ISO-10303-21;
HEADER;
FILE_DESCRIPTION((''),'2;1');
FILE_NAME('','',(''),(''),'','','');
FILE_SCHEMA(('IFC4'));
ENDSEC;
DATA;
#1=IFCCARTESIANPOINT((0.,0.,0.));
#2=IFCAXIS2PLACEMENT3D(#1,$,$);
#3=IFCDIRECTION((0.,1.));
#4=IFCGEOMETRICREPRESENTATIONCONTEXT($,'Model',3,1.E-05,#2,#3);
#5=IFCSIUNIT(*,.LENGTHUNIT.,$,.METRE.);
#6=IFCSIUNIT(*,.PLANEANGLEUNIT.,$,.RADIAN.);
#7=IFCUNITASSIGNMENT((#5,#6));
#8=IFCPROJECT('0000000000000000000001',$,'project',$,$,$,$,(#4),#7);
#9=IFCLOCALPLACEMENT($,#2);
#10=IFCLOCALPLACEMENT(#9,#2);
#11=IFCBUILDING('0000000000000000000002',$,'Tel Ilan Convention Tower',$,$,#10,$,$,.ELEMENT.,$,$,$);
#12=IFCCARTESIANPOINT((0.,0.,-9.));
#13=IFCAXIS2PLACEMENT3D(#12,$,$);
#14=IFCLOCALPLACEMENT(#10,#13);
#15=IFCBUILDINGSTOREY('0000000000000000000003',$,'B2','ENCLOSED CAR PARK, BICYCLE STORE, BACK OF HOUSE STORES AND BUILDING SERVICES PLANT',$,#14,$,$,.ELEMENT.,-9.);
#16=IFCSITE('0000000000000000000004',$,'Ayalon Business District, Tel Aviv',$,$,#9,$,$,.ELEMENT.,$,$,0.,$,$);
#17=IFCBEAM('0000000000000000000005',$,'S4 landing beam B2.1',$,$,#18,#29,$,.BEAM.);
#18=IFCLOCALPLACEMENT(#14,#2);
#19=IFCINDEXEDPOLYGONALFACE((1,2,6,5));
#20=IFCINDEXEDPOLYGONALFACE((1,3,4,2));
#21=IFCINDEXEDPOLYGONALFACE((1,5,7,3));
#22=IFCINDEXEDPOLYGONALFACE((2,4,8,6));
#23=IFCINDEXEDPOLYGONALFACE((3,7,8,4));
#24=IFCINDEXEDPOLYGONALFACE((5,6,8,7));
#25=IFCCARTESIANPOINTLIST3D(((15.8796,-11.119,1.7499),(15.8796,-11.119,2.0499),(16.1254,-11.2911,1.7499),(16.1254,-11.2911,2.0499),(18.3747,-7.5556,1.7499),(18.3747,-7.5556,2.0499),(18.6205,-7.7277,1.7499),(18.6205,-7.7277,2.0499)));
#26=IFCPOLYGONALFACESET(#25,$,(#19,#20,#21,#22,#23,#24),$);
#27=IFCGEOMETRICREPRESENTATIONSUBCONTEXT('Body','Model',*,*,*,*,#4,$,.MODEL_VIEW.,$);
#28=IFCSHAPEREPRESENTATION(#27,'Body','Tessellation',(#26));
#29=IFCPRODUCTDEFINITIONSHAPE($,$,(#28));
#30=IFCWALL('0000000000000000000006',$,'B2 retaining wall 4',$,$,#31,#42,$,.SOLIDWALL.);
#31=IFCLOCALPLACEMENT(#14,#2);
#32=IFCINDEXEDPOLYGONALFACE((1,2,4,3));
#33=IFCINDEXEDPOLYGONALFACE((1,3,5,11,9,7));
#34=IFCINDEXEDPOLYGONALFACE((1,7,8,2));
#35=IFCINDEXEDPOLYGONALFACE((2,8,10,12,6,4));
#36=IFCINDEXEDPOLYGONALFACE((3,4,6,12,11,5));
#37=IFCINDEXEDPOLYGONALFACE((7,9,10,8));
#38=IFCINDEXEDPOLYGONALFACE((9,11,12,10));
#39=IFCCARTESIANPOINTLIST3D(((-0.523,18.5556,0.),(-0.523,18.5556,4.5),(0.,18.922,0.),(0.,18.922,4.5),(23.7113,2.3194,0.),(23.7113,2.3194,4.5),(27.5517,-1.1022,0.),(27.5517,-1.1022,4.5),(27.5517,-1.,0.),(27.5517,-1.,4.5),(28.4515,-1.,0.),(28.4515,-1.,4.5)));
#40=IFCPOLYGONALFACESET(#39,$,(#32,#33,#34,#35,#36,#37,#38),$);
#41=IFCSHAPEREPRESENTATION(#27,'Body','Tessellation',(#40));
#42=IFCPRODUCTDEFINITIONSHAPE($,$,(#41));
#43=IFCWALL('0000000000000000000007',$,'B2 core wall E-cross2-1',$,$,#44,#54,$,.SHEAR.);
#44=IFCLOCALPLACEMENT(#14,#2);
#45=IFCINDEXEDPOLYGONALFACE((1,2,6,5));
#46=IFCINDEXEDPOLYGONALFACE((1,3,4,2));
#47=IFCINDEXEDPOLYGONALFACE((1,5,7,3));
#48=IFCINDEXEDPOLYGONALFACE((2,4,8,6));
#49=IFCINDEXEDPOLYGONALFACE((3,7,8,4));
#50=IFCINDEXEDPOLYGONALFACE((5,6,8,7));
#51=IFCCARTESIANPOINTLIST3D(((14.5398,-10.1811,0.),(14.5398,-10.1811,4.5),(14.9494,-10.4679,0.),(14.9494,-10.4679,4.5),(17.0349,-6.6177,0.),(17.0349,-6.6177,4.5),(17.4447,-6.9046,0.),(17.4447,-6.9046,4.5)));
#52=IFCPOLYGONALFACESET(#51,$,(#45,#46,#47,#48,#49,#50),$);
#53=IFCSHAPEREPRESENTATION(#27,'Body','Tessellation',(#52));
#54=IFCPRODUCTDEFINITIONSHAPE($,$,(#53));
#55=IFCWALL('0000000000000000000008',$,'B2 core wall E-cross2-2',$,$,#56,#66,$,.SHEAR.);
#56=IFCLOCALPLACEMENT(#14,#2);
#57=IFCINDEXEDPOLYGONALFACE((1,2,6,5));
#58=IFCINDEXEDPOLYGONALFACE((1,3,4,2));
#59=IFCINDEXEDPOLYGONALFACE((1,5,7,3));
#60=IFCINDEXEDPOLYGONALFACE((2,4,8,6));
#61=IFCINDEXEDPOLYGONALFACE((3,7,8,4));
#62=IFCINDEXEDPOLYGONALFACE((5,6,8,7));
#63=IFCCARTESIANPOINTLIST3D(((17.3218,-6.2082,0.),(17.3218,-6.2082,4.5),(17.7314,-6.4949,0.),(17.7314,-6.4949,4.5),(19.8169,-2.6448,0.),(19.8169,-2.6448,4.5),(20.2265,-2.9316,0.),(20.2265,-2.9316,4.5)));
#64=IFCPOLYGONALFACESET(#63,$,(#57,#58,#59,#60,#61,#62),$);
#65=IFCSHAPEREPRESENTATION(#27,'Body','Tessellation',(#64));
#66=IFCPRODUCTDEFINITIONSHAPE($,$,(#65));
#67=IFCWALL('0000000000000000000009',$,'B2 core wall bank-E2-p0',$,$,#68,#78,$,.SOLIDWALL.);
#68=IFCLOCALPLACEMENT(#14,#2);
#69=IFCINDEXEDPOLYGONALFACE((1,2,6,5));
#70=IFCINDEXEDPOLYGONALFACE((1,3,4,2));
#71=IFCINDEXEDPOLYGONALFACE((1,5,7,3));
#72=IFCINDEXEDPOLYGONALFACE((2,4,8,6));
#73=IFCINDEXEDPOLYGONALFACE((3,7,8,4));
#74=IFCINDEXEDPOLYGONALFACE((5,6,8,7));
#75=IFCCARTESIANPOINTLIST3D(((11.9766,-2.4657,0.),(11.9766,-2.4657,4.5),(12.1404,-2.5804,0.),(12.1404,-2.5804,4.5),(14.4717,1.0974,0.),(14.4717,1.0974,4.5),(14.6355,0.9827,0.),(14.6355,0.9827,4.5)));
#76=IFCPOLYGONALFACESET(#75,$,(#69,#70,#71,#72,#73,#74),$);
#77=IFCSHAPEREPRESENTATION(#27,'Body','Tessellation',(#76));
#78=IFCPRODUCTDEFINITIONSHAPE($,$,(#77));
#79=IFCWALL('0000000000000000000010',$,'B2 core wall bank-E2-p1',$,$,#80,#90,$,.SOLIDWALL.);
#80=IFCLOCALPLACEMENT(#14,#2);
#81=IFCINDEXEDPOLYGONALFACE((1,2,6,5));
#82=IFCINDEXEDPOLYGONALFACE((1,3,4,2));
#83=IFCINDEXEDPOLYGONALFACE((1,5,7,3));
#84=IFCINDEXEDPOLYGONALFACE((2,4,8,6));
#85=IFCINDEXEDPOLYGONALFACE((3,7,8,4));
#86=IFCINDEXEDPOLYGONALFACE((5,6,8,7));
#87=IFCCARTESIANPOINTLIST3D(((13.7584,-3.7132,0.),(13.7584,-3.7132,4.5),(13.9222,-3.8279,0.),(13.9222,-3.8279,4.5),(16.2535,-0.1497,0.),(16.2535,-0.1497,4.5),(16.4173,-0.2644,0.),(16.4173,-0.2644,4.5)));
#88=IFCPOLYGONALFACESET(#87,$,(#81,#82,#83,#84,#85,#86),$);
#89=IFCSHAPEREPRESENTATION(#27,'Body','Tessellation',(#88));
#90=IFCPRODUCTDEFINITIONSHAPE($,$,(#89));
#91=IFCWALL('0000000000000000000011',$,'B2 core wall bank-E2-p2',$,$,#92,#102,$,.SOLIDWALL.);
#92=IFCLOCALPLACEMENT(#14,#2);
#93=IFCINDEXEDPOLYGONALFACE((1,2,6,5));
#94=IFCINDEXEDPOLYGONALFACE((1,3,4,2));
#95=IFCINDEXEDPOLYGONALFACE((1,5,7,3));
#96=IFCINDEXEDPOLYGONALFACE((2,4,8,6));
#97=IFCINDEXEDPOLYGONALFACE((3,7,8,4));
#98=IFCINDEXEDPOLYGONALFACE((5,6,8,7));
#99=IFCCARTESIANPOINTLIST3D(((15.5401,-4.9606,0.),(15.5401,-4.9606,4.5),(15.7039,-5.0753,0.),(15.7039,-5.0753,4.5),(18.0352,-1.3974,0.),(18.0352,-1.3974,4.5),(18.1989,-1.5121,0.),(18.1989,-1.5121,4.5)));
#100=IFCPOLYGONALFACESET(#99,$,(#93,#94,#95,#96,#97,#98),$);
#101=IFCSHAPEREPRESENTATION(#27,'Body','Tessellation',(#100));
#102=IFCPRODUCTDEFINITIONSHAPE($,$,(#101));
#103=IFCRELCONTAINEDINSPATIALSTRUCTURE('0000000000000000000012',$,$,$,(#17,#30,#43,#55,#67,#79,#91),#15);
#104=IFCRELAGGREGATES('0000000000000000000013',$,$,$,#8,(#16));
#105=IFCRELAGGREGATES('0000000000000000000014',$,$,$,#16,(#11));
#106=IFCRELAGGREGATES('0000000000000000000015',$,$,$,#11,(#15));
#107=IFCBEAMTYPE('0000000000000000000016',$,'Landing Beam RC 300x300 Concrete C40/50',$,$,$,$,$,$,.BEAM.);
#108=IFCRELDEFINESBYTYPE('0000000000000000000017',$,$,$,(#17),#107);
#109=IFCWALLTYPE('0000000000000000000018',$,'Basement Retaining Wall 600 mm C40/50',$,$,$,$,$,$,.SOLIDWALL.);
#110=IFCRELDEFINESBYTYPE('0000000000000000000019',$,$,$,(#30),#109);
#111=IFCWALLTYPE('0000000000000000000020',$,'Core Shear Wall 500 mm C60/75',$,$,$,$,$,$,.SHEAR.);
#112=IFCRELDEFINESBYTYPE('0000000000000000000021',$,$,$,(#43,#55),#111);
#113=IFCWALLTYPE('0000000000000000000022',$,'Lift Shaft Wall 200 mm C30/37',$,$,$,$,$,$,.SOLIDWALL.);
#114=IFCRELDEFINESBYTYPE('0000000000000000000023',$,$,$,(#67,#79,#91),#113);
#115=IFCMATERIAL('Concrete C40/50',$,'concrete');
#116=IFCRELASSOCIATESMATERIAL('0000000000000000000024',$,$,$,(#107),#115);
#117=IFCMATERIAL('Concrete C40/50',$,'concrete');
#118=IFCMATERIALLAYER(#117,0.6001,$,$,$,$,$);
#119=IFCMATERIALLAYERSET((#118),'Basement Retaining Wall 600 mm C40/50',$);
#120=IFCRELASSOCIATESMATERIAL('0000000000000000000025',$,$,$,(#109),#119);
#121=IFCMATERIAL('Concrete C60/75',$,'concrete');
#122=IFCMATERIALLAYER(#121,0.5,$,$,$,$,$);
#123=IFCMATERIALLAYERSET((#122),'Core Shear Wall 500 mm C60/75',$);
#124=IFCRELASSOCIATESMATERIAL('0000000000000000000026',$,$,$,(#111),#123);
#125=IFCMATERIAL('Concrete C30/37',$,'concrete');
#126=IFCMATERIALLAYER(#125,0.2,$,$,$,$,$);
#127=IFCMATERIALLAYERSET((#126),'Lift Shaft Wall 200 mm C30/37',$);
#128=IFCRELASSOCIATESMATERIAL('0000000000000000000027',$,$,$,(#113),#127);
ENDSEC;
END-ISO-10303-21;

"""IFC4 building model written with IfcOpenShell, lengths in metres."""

from ifc_helpers import new_model, si_unit, direction, frame, frame_2d, origin, origin_2d, place, context, subcontext, project, spatial, polyline, rectangle, outline, extrude, material, layer, layer_set, material_profile, profile_set, type_object, element, save


model = new_model("IFC4")

# Units and contexts
model_context = context("Model", 3, precision=1e-05, world=origin(), true_north=direction((0.0, 1.0)))
body_context = subcontext(model_context, "Body", "Model", "MODEL_VIEW")
ifc_project = project(units=[si_unit("LENGTHUNIT", "METRE"), si_unit("PLANEANGLEUNIT", "RADIAN")], contexts=[model_context])

# Site, building, storey
site_placement = place(None, origin())
site = spatial("IfcSite", under=ifc_project, at=site_placement, Name="Ayalon Business District, Tel Aviv", CompositionType="ELEMENT", RefElevation=0.0)
building_placement = place(site_placement, origin())
building = spatial("IfcBuilding", under=site, at=building_placement, Name="Tel Ilan Convention Tower", CompositionType="ELEMENT")
storey_placement = place(building_placement, frame((0.0, 0.0, -9.0)))
storey = spatial("IfcBuildingStorey", under=building, at=storey_placement, Name="B2", Description="ENCLOSED CAR PARK, BICYCLE STORE, BACK OF HOUSE STORES AND BUILDING SERVICES PLANT", CompositionType="ELEMENT", Elevation=-9.0)

# Beam
ifc_material_1 = material(Name="Concrete C40/50", Category="concrete")
ifc_material_profile_1 = material_profile(ifc_material_1, rectangle(XDim=0.3, YDim=0.3, at=origin_2d()), Name="RC 300x300")
ifc_profile_set_1 = profile_set([ifc_material_profile_1], Name="Concrete C40/50")
beam_type = type_object("IfcBeamType", Name="Landing Beam RC 300x300 Concrete C40/50", PredefinedType="BEAM", material=ifc_profile_set_1)
for number, where, z_axis, x_axis, name in (
    (1, (18.4976, -7.6416, 1.8999), (-0.573568, -0.819158, 0.0), (0.819158, -0.573568, 0.0), "S4 landing beam B2.1"),
):
    element("IfcBeam", number, at=place(storey_placement, frame(where, z_axis=z_axis, x_axis=x_axis)), inside=storey, type_object=beam_type, Name=name, PredefinedType="BEAM", context=body_context, shape_type="SweptSolid", body=[
        extrude(rectangle(XDim=0.3, YDim=0.3, at=origin_2d()), origin(), (0.0, 0.0, 1.0), 4.3501),
    ])

# Walls
ifc_material_2 = material(Name="Concrete C40/50", Category="concrete")
ifc_layer_1 = layer(ifc_material_2, 0.6001)
ifc_layer_set_1 = layer_set([ifc_layer_1], Name="Basement Retaining Wall 600 mm C40/50")
wall_type_1 = type_object("IfcWallType", Name="Basement Retaining Wall 600 mm C40/50", PredefinedType="SOLIDWALL", material=ifc_layer_set_1)
wall_1_placement = place(storey_placement, frame((28.2795, -1.2456, 0.0), z_axis=(0.0, 0.0, 1.0), x_axis=(-0.819155, 0.573573, 0.0)))
element("IfcWall", 2, at=wall_1_placement, inside=storey, type_object=wall_type_1, Name="B2 retaining wall 4", PredefinedType="SOLIDWALL", context=body_context, shape_type="SweptSolid", body=[
    extrude(outline(polyline([(5.7869, -0.3), (0.0, -0.2998), (0.7371, 0.2163), (0.6785, 0.3), (-0.1892, 0.3), (34.9512, 0.3), (34.7329, -0.3), (5.7869, -0.3)])), origin(), (0.0, 0.0, 1.0), 4.5),
])
ifc_material_3 = material(Name="Concrete C60/75", Category="concrete")
ifc_layer_2 = layer(ifc_material_3, 0.5)
ifc_layer_set_2 = layer_set([ifc_layer_2], Name="Core Shear Wall 500 mm C60/75")
wall_type_2 = type_object("IfcWallType", Name="Core Shear Wall 500 mm C60/75", PredefinedType="SHEAR", material=ifc_layer_set_2)
wall_2_placement = place(storey_placement, frame((14.7446, -10.3245, 0.0), z_axis=(0.0, 0.0, 1.0), x_axis=(0.573568, 0.819158, 0.0)))
element("IfcWall", 3, at=wall_2_placement, inside=storey, type_object=wall_type_2, Name="B2 core wall E-cross2-1", PredefinedType="SHEAR", context=body_context, shape_type="SweptSolid", body=[
    extrude(outline(polyline([(0.0, 0.25), (0.0, -0.25), (4.3501, -0.2502), (4.3501, 0.25), (0.0, 0.25)])), origin(), (0.0, 0.0, 1.0), 4.5),
])
wall_3_placement = place(storey_placement, frame((17.5266, -6.3516, 0.0), z_axis=(0.0, 0.0, 1.0), x_axis=(0.57353, 0.819184, 0.0)))
element("IfcWall", 4, at=wall_3_placement, inside=storey, type_object=wall_type_2, Name="B2 core wall E-cross2-2", PredefinedType="SHEAR", context=body_context, shape_type="SweptSolid", body=[
    extrude(outline(polyline([(4.3501, -0.2502), (4.3501, 0.2498), (0.0, 0.25), (0.0, -0.25), (4.3501, -0.2502)])), origin(), (0.0, 0.0, 1.0), 4.5),
])
ifc_material_4 = material(Name="Concrete C30/37", Category="concrete")
ifc_layer_3 = layer(ifc_material_4, 0.2)
ifc_layer_set_3 = layer_set([ifc_layer_3], Name="Lift Shaft Wall 200 mm C30/37")
wall_type_3 = type_object("IfcWallType", Name="Lift Shaft Wall 200 mm C30/37", PredefinedType="SOLIDWALL", material=ifc_layer_set_3)
wall_4_placement = place(storey_placement, frame((12.0586, -2.5229, 0.0), z_axis=(0.0, 0.0, 1.0), x_axis=(0.573594, 0.81914, 0.0)))
element("IfcWall", 5, at=wall_4_placement, inside=storey, type_object=wall_type_3, Name="B2 core wall bank-E2-p0", PredefinedType="SOLIDWALL", context=body_context, shape_type="SweptSolid", body=[
    extrude(rectangle(XDim=4.3499, YDim=0.2, at=frame_2d((2.1748, 0.0))), origin(), (0.0, 0.0, 1.0), 4.5),
])
wall_5_placement = place(storey_placement, frame((13.8403, -3.7705, 0.0), z_axis=(0.0, 0.0, 1.0), x_axis=(0.573568, 0.819158, 0.0)))
element("IfcWall", 6, at=wall_5_placement, inside=storey, type_object=wall_type_3, Name="B2 core wall bank-E2-p1", PredefinedType="SOLIDWALL", context=body_context, shape_type="SweptSolid", body=[
    extrude(rectangle(XDim=4.3501, YDim=0.2, at=frame_2d((2.175, 0.0))), origin(), (0.0, 0.0, 1.0), 4.5),
])
wall_6_placement = place(storey_placement, frame((15.6221, -5.0178, 0.0), z_axis=(0.0, 0.0, 1.0), x_axis=(0.573594, 0.81914, 0.0)))
element("IfcWall", 7, at=wall_6_placement, inside=storey, type_object=wall_type_3, Name="B2 core wall bank-E2-p2", PredefinedType="SOLIDWALL", context=body_context, shape_type="SweptSolid", body=[
    extrude(rectangle(XDim=4.3499, YDim=0.2, at=frame_2d((2.1748, 0.0))), origin(), (0.0, 0.0, 1.0), 4.5),
])

save(model, "model.ifc")
